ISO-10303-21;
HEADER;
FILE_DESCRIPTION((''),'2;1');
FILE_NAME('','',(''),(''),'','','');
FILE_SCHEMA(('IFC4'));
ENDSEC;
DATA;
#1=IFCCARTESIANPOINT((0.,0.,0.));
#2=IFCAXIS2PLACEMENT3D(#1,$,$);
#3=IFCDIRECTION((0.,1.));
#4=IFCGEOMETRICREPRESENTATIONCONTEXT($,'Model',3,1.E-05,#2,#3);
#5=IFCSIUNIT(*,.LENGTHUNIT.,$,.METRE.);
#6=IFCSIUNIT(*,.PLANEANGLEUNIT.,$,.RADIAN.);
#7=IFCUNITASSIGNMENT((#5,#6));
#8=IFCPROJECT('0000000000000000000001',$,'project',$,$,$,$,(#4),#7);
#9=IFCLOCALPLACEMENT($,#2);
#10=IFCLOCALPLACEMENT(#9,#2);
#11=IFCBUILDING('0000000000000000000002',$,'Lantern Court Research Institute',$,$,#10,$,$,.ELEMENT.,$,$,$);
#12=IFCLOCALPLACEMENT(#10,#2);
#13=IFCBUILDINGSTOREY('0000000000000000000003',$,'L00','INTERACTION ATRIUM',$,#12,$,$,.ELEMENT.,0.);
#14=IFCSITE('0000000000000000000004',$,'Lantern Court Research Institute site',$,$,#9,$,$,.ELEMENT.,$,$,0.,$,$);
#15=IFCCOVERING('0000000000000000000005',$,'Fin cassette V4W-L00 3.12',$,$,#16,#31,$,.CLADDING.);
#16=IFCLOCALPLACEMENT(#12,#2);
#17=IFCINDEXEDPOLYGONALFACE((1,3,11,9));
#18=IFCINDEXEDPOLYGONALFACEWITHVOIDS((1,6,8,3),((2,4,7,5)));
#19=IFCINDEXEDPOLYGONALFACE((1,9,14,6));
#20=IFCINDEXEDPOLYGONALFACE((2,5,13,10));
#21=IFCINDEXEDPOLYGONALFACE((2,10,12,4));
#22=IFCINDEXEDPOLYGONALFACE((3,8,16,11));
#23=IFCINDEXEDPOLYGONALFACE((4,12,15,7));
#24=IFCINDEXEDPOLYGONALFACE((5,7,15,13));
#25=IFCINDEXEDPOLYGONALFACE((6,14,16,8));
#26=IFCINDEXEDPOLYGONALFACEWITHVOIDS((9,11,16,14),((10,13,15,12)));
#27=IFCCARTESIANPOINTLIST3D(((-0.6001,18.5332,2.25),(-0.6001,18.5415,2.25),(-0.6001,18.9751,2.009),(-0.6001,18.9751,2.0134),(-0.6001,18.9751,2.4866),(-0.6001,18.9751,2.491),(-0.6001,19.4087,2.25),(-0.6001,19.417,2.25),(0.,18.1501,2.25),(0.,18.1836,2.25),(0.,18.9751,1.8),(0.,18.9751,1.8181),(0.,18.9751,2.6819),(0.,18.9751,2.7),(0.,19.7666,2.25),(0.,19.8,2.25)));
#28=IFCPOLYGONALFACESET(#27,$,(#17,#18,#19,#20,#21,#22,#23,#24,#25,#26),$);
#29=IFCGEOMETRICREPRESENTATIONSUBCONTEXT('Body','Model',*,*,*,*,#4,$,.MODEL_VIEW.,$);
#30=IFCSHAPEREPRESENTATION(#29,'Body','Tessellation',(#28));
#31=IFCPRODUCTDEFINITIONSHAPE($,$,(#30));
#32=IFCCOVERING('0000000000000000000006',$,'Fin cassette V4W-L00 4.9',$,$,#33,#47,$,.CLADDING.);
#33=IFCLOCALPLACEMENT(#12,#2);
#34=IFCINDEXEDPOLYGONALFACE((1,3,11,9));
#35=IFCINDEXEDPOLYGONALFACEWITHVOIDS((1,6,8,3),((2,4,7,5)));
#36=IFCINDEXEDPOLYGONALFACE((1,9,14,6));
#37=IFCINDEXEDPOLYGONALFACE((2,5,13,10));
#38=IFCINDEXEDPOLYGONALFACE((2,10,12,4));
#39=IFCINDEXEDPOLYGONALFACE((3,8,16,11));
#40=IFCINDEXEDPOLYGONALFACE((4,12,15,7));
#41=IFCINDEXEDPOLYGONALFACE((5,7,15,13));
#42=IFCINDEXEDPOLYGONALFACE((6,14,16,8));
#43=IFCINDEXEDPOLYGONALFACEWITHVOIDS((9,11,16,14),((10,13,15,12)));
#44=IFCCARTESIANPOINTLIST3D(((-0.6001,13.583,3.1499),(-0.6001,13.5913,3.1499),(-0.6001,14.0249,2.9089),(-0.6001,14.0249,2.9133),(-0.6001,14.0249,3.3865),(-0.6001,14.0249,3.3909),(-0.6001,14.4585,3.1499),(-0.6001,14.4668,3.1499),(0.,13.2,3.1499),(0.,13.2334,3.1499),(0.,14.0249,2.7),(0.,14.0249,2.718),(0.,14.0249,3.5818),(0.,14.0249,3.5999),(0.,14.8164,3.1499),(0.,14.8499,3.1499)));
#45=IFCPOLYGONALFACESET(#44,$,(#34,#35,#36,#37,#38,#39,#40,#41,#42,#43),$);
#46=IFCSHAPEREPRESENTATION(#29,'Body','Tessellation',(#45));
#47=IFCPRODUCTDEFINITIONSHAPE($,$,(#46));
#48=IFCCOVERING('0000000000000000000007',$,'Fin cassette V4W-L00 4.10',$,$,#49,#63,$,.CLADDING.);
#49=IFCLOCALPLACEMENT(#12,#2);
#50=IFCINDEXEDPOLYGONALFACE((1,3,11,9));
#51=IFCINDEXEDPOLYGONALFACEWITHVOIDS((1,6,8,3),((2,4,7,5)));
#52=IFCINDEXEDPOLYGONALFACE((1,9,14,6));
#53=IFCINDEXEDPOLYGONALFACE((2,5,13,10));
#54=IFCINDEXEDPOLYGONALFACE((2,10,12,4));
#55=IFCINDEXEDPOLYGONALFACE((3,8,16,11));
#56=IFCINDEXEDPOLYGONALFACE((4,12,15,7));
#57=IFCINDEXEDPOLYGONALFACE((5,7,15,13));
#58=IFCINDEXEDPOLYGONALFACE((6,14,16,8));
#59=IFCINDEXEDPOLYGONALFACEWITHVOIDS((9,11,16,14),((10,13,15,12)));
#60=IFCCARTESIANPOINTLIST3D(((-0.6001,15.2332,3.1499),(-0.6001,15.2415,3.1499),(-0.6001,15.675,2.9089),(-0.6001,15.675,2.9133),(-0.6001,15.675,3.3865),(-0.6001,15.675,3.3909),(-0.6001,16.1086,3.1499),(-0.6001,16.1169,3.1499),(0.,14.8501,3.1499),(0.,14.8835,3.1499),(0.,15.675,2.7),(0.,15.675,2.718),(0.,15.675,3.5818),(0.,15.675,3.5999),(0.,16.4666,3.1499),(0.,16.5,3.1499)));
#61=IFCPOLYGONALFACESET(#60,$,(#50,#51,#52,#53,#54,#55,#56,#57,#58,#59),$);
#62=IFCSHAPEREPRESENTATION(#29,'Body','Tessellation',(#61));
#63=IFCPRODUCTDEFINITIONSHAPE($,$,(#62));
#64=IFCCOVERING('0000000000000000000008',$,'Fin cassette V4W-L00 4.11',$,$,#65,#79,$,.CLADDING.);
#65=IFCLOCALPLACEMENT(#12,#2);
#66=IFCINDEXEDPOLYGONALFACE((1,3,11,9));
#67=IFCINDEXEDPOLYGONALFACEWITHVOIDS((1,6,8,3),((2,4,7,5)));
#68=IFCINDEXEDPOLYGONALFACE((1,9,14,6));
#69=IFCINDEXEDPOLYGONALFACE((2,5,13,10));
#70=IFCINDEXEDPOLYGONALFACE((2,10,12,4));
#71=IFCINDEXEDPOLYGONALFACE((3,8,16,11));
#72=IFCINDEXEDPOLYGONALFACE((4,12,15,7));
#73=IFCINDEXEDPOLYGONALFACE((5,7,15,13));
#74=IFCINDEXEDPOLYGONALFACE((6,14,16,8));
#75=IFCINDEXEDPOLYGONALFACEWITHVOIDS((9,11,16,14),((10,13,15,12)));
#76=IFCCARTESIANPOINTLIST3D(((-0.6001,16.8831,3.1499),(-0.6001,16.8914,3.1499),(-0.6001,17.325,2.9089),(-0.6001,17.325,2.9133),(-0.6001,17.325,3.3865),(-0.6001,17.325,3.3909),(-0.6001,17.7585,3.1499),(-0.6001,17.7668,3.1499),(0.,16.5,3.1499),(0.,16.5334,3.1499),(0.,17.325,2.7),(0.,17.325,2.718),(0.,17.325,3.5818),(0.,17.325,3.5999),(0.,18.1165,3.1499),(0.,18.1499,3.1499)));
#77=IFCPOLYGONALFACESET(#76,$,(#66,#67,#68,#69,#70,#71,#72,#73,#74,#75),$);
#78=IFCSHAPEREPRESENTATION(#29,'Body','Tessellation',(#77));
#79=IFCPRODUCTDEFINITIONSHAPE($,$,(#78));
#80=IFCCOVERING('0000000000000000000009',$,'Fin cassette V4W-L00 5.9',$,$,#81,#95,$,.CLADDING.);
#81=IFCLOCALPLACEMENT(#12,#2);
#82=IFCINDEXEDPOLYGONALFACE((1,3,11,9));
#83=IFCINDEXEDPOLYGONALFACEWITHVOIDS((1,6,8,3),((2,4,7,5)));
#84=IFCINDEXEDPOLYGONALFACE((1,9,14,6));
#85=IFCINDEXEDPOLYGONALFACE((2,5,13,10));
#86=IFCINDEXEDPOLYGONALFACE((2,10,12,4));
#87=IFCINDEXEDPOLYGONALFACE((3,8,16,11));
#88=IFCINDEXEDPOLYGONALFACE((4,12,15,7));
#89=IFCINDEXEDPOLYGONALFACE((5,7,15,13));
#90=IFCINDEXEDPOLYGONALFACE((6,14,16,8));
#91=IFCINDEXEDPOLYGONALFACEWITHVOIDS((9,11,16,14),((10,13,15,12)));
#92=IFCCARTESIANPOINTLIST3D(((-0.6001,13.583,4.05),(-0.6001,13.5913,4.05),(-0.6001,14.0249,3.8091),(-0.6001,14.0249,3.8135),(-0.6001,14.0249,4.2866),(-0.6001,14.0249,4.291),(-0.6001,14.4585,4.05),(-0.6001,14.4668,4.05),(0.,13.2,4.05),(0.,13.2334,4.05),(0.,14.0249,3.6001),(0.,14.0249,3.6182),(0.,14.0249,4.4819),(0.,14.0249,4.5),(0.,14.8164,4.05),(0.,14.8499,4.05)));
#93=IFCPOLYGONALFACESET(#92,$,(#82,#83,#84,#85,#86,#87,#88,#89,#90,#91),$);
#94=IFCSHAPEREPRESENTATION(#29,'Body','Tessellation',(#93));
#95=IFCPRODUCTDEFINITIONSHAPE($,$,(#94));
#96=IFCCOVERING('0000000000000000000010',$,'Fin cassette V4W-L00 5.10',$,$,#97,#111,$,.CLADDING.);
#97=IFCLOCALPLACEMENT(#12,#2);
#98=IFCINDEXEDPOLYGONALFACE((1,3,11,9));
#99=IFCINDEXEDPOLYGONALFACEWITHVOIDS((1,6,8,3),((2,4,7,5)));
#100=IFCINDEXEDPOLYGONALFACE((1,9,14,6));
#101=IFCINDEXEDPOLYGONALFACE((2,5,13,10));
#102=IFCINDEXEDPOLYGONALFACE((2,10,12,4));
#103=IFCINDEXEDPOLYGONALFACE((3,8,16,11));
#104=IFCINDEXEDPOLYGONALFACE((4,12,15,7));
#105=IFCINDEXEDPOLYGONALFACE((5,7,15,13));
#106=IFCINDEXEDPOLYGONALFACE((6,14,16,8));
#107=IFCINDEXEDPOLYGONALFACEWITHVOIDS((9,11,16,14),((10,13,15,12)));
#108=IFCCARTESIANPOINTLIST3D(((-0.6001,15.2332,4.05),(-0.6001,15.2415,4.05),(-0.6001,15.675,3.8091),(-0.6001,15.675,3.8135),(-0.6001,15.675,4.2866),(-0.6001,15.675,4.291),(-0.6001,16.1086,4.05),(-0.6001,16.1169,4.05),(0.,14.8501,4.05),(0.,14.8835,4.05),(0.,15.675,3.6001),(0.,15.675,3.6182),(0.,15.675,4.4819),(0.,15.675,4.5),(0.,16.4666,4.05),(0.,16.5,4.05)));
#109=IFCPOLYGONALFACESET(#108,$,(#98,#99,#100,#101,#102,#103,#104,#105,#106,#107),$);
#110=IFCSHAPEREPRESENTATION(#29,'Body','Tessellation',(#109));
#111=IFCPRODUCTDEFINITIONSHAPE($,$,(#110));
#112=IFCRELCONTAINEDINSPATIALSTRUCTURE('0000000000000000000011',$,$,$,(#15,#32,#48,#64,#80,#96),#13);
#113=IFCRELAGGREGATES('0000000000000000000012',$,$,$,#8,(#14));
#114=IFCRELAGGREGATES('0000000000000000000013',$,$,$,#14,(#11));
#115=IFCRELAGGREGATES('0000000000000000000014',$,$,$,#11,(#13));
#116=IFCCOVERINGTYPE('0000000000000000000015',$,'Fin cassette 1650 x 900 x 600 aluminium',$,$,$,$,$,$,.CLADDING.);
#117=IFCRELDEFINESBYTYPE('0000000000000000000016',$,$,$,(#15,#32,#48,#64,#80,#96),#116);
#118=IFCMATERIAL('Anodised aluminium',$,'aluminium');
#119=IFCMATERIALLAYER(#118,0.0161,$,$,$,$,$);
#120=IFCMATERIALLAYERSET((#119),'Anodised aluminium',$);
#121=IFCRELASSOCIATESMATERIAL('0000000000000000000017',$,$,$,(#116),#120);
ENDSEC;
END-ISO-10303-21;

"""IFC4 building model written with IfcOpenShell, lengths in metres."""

from ifc_helpers import new_model, entity, si_unit, direction, frame, origin, place, context, subcontext, project, spatial, material, layer, layer_set, type_object, element, save


model = new_model("IFC4")

# Units and contexts
model_context = context("Model", 3, precision=1e-05, world=origin(), true_north=direction((0.0, 1.0)))
body_context = subcontext(model_context, "Body", "Model", "MODEL_VIEW")
ifc_project = project(units=[si_unit("LENGTHUNIT", "METRE"), si_unit("PLANEANGLEUNIT", "RADIAN")], contexts=[model_context])

# Site, building, storey
site_placement = place(None, origin())
site = spatial("IfcSite", under=ifc_project, at=site_placement, Name="Lantern Court Research Institute site", CompositionType="ELEMENT", RefElevation=0.0)
building_placement = place(site_placement, origin())
building = spatial("IfcBuilding", under=site, at=building_placement, Name="Lantern Court Research Institute", CompositionType="ELEMENT")
storey_placement = place(building_placement, origin())
storey = spatial("IfcBuildingStorey", under=building, at=storey_placement, Name="L00", Description="INTERACTION ATRIUM", CompositionType="ELEMENT", Elevation=0.0)

# Coverings
ifc_material_1 = material(Name="Anodised aluminium", Category="aluminium")
ifc_layer_1 = layer(ifc_material_1, 0.0161)
ifc_layer_set_1 = layer_set([ifc_layer_1], Name="Anodised aluminium")
covering_type = type_object("IfcCoveringType", Name="Fin cassette 1650 x 900 x 600 aluminium", PredefinedType="CLADDING", material=ifc_layer_set_1)
covering_1_placement = place(storey_placement, frame((0.0, 18.9751, 2.25), z_axis=(-1.0, 0.0, 0.0), x_axis=(0.0, -1.0, 0.0)))
cartesian_point_1 = entity("IfcCartesianPoint", [0.825, 0.0])
cartesian_point_2 = entity("IfcCartesianPoint", [0.7915, 0.0])
cartesian_point_3 = entity("IfcCartesianPoint", [0.4419, 0.0])
cartesian_point_4 = entity("IfcCartesianPoint", [0.4336, 0.0])
element("IfcCovering", 1, at=covering_1_placement, inside=storey, type_object=covering_type, Name="Fin cassette V4W-L00 3.12", PredefinedType="CLADDING", context=body_context, shape_type="SweptSolid", body=[
    entity("IfcExtrudedAreaSolidTapered", entity("IfcArbitraryProfileDefWithVoids", "AREA", None, entity("IfcPolyline", [cartesian_point_1, entity("IfcCartesianPoint", [0.0, 0.45]), entity("IfcCartesianPoint", [-0.825, 0.0]), entity("IfcCartesianPoint", [0.0, -0.45]), cartesian_point_1]), [entity("IfcPolyline", [cartesian_point_2, entity("IfcCartesianPoint", [0.0, 0.4319]), entity("IfcCartesianPoint", [-0.7915, 0.0]), entity("IfcCartesianPoint", [0.0, -0.4319]), cartesian_point_2])]), entity("IfcAxis2Placement3D", entity("IfcCartesianPoint", [0.0, 0.0, 0.0])), entity("IfcDirection", [0.0, 0.0, 1.0]), 0.6001, entity("IfcArbitraryProfileDefWithVoids", "AREA", None, entity("IfcPolyline", [cartesian_point_3, entity("IfcCartesianPoint", [0.0, 0.241]), entity("IfcCartesianPoint", [-0.4419, 0.0]), entity("IfcCartesianPoint", [0.0, -0.241]), cartesian_point_3]), [entity("IfcPolyline", [cartesian_point_4, entity("IfcCartesianPoint", [0.0, 0.2366]), entity("IfcCartesianPoint", [-0.4336, 0.0]), entity("IfcCartesianPoint", [0.0, -0.2366]), cartesian_point_4])])),
])
covering_2_placement = place(storey_placement, frame((0.0, 14.0249, 3.1499), z_axis=(-1.0, 0.0, 0.0), x_axis=(0.0, -1.0, 0.0)))
cartesian_point_5 = entity("IfcCartesianPoint", [0.825, 0.0])
cartesian_point_6 = entity("IfcCartesianPoint", [0.7915, 0.0])
cartesian_point_7 = entity("IfcCartesianPoint", [0.4419, 0.0])
cartesian_point_8 = entity("IfcCartesianPoint", [0.4336, 0.0])
element("IfcCovering", 2, at=covering_2_placement, inside=storey, type_object=covering_type, Name="Fin cassette V4W-L00 4.9", PredefinedType="CLADDING", context=body_context, shape_type="SweptSolid", body=[
    entity("IfcExtrudedAreaSolidTapered", entity("IfcArbitraryProfileDefWithVoids", "AREA", None, entity("IfcPolyline", [cartesian_point_5, entity("IfcCartesianPoint", [0.0, 0.45]), entity("IfcCartesianPoint", [-0.825, 0.0]), entity("IfcCartesianPoint", [0.0, -0.45]), cartesian_point_5]), [entity("IfcPolyline", [cartesian_point_6, entity("IfcCartesianPoint", [0.0, 0.4319]), entity("IfcCartesianPoint", [-0.7915, 0.0]), entity("IfcCartesianPoint", [0.0, -0.4319]), cartesian_point_6])]), entity("IfcAxis2Placement3D", entity("IfcCartesianPoint", [0.0, 0.0, 0.0])), entity("IfcDirection", [0.0, 0.0, 1.0]), 0.6001, entity("IfcArbitraryProfileDefWithVoids", "AREA", None, entity("IfcPolyline", [cartesian_point_7, entity("IfcCartesianPoint", [0.0, 0.241]), entity("IfcCartesianPoint", [-0.4419, 0.0]), entity("IfcCartesianPoint", [0.0, -0.241]), cartesian_point_7]), [entity("IfcPolyline", [cartesian_point_8, entity("IfcCartesianPoint", [0.0, 0.2366]), entity("IfcCartesianPoint", [-0.4336, 0.0]), entity("IfcCartesianPoint", [0.0, -0.2366]), cartesian_point_8])])),
])
covering_3_placement = place(storey_placement, frame((0.0, 15.675, 3.1499), z_axis=(-1.0, 0.0, 0.0), x_axis=(0.0, -1.0, 0.0)))
cartesian_point_9 = entity("IfcCartesianPoint", [0.825, 0.0])
cartesian_point_10 = entity("IfcCartesianPoint", [0.7915, 0.0])
cartesian_point_11 = entity("IfcCartesianPoint", [0.4419, 0.0])
cartesian_point_12 = entity("IfcCartesianPoint", [0.4336, 0.0])
element("IfcCovering", 3, at=covering_3_placement, inside=storey, type_object=covering_type, Name="Fin cassette V4W-L00 4.10", PredefinedType="CLADDING", context=body_context, shape_type="SweptSolid", body=[
    entity("IfcExtrudedAreaSolidTapered", entity("IfcArbitraryProfileDefWithVoids", "AREA", None, entity("IfcPolyline", [cartesian_point_9, entity("IfcCartesianPoint", [0.0, 0.45]), entity("IfcCartesianPoint", [-0.825, 0.0]), entity("IfcCartesianPoint", [0.0, -0.45]), cartesian_point_9]), [entity("IfcPolyline", [cartesian_point_10, entity("IfcCartesianPoint", [0.0, 0.4319]), entity("IfcCartesianPoint", [-0.7915, 0.0]), entity("IfcCartesianPoint", [0.0, -0.4319]), cartesian_point_10])]), entity("IfcAxis2Placement3D", entity("IfcCartesianPoint", [0.0, 0.0, 0.0])), entity("IfcDirection", [0.0, 0.0, 1.0]), 0.6001, entity("IfcArbitraryProfileDefWithVoids", "AREA", None, entity("IfcPolyline", [cartesian_point_11, entity("IfcCartesianPoint", [0.0, 0.241]), entity("IfcCartesianPoint", [-0.4419, 0.0]), entity("IfcCartesianPoint", [0.0, -0.241]), cartesian_point_11]), [entity("IfcPolyline", [cartesian_point_12, entity("IfcCartesianPoint", [0.0, 0.2366]), entity("IfcCartesianPoint", [-0.4336, 0.0]), entity("IfcCartesianPoint", [0.0, -0.2366]), cartesian_point_12])])),
])
covering_4_placement = place(storey_placement, frame((0.0, 17.325, 3.1499), z_axis=(-1.0, 0.0, 0.0), x_axis=(0.0, -1.0, 0.0)))
cartesian_point_13 = entity("IfcCartesianPoint", [0.825, 0.0])
cartesian_point_14 = entity("IfcCartesianPoint", [0.7915, 0.0])
cartesian_point_15 = entity("IfcCartesianPoint", [0.4419, 0.0])
cartesian_point_16 = entity("IfcCartesianPoint", [0.4336, 0.0])
element("IfcCovering", 4, at=covering_4_placement, inside=storey, type_object=covering_type, Name="Fin cassette V4W-L00 4.11", PredefinedType="CLADDING", context=body_context, shape_type="SweptSolid", body=[
    entity("IfcExtrudedAreaSolidTapered", entity("IfcArbitraryProfileDefWithVoids", "AREA", None, entity("IfcPolyline", [cartesian_point_13, entity("IfcCartesianPoint", [0.0, 0.45]), entity("IfcCartesianPoint", [-0.825, 0.0]), entity("IfcCartesianPoint", [0.0, -0.45]), cartesian_point_13]), [entity("IfcPolyline", [cartesian_point_14, entity("IfcCartesianPoint", [0.0, 0.4319]), entity("IfcCartesianPoint", [-0.7915, 0.0]), entity("IfcCartesianPoint", [0.0, -0.4319]), cartesian_point_14])]), entity("IfcAxis2Placement3D", entity("IfcCartesianPoint", [0.0, 0.0, 0.0])), entity("IfcDirection", [0.0, 0.0, 1.0]), 0.6001, entity("IfcArbitraryProfileDefWithVoids", "AREA", None, entity("IfcPolyline", [cartesian_point_15, entity("IfcCartesianPoint", [0.0, 0.241]), entity("IfcCartesianPoint", [-0.4419, 0.0]), entity("IfcCartesianPoint", [0.0, -0.241]), cartesian_point_15]), [entity("IfcPolyline", [cartesian_point_16, entity("IfcCartesianPoint", [0.0, 0.2366]), entity("IfcCartesianPoint", [-0.4336, 0.0]), entity("IfcCartesianPoint", [0.0, -0.2366]), cartesian_point_16])])),
])
covering_5_placement = place(storey_placement, frame((0.0, 14.0249, 4.05), z_axis=(-1.0, 0.0, 0.0), x_axis=(0.0, -1.0, 0.0)))
cartesian_point_17 = entity("IfcCartesianPoint", [0.825, 0.0])
cartesian_point_18 = entity("IfcCartesianPoint", [0.7915, 0.0])
cartesian_point_19 = entity("IfcCartesianPoint", [0.4419, 0.0])
cartesian_point_20 = entity("IfcCartesianPoint", [0.4336, 0.0])
element("IfcCovering", 5, at=covering_5_placement, inside=storey, type_object=covering_type, Name="Fin cassette V4W-L00 5.9", PredefinedType="CLADDING", context=body_context, shape_type="SweptSolid", body=[
    entity("IfcExtrudedAreaSolidTapered", entity("IfcArbitraryProfileDefWithVoids", "AREA", None, entity("IfcPolyline", [cartesian_point_17, entity("IfcCartesianPoint", [0.0, 0.45]), entity("IfcCartesianPoint", [-0.825, 0.0]), entity("IfcCartesianPoint", [0.0, -0.45]), cartesian_point_17]), [entity("IfcPolyline", [cartesian_point_18, entity("IfcCartesianPoint", [0.0, 0.4319]), entity("IfcCartesianPoint", [-0.7915, 0.0]), entity("IfcCartesianPoint", [0.0, -0.4319]), cartesian_point_18])]), entity("IfcAxis2Placement3D", entity("IfcCartesianPoint", [0.0, 0.0, 0.0])), entity("IfcDirection", [0.0, 0.0, 1.0]), 0.6001, entity("IfcArbitraryProfileDefWithVoids", "AREA", None, entity("IfcPolyline", [cartesian_point_19, entity("IfcCartesianPoint", [0.0, 0.241]), entity("IfcCartesianPoint", [-0.4419, 0.0]), entity("IfcCartesianPoint", [0.0, -0.241]), cartesian_point_19]), [entity("IfcPolyline", [cartesian_point_20, entity("IfcCartesianPoint", [0.0, 0.2366]), entity("IfcCartesianPoint", [-0.4336, 0.0]), entity("IfcCartesianPoint", [0.0, -0.2366]), cartesian_point_20])])),
])
covering_6_placement = place(storey_placement, frame((0.0, 15.675, 4.05), z_axis=(-1.0, 0.0, 0.0), x_axis=(0.0, -1.0, 0.0)))
cartesian_point_21 = entity("IfcCartesianPoint", [0.825, 0.0])
cartesian_point_22 = entity("IfcCartesianPoint", [0.7915, 0.0])
cartesian_point_23 = entity("IfcCartesianPoint", [0.4419, 0.0])
cartesian_point_24 = entity("IfcCartesianPoint", [0.4336, 0.0])
element("IfcCovering", 6, at=covering_6_placement, inside=storey, type_object=covering_type, Name="Fin cassette V4W-L00 5.10", PredefinedType="CLADDING", context=body_context, shape_type="SweptSolid", body=[
    entity("IfcExtrudedAreaSolidTapered", entity("IfcArbitraryProfileDefWithVoids", "AREA", None, entity("IfcPolyline", [cartesian_point_21, entity("IfcCartesianPoint", [0.0, 0.45]), entity("IfcCartesianPoint", [-0.825, 0.0]), entity("IfcCartesianPoint", [0.0, -0.45]), cartesian_point_21]), [entity("IfcPolyline", [cartesian_point_22, entity("IfcCartesianPoint", [0.0, 0.4319]), entity("IfcCartesianPoint", [-0.7915, 0.0]), entity("IfcCartesianPoint", [0.0, -0.4319]), cartesian_point_22])]), entity("IfcAxis2Placement3D", entity("IfcCartesianPoint", [0.0, 0.0, 0.0])), entity("IfcDirection", [0.0, 0.0, 1.0]), 0.6001, entity("IfcArbitraryProfileDefWithVoids", "AREA", None, entity("IfcPolyline", [cartesian_point_23, entity("IfcCartesianPoint", [0.0, 0.241]), entity("IfcCartesianPoint", [-0.4419, 0.0]), entity("IfcCartesianPoint", [0.0, -0.241]), cartesian_point_23]), [entity("IfcPolyline", [cartesian_point_24, entity("IfcCartesianPoint", [0.0, 0.2366]), entity("IfcCartesianPoint", [-0.4336, 0.0]), entity("IfcCartesianPoint", [0.0, -0.2366]), cartesian_point_24])])),
])

save(model, "model.ifc")
